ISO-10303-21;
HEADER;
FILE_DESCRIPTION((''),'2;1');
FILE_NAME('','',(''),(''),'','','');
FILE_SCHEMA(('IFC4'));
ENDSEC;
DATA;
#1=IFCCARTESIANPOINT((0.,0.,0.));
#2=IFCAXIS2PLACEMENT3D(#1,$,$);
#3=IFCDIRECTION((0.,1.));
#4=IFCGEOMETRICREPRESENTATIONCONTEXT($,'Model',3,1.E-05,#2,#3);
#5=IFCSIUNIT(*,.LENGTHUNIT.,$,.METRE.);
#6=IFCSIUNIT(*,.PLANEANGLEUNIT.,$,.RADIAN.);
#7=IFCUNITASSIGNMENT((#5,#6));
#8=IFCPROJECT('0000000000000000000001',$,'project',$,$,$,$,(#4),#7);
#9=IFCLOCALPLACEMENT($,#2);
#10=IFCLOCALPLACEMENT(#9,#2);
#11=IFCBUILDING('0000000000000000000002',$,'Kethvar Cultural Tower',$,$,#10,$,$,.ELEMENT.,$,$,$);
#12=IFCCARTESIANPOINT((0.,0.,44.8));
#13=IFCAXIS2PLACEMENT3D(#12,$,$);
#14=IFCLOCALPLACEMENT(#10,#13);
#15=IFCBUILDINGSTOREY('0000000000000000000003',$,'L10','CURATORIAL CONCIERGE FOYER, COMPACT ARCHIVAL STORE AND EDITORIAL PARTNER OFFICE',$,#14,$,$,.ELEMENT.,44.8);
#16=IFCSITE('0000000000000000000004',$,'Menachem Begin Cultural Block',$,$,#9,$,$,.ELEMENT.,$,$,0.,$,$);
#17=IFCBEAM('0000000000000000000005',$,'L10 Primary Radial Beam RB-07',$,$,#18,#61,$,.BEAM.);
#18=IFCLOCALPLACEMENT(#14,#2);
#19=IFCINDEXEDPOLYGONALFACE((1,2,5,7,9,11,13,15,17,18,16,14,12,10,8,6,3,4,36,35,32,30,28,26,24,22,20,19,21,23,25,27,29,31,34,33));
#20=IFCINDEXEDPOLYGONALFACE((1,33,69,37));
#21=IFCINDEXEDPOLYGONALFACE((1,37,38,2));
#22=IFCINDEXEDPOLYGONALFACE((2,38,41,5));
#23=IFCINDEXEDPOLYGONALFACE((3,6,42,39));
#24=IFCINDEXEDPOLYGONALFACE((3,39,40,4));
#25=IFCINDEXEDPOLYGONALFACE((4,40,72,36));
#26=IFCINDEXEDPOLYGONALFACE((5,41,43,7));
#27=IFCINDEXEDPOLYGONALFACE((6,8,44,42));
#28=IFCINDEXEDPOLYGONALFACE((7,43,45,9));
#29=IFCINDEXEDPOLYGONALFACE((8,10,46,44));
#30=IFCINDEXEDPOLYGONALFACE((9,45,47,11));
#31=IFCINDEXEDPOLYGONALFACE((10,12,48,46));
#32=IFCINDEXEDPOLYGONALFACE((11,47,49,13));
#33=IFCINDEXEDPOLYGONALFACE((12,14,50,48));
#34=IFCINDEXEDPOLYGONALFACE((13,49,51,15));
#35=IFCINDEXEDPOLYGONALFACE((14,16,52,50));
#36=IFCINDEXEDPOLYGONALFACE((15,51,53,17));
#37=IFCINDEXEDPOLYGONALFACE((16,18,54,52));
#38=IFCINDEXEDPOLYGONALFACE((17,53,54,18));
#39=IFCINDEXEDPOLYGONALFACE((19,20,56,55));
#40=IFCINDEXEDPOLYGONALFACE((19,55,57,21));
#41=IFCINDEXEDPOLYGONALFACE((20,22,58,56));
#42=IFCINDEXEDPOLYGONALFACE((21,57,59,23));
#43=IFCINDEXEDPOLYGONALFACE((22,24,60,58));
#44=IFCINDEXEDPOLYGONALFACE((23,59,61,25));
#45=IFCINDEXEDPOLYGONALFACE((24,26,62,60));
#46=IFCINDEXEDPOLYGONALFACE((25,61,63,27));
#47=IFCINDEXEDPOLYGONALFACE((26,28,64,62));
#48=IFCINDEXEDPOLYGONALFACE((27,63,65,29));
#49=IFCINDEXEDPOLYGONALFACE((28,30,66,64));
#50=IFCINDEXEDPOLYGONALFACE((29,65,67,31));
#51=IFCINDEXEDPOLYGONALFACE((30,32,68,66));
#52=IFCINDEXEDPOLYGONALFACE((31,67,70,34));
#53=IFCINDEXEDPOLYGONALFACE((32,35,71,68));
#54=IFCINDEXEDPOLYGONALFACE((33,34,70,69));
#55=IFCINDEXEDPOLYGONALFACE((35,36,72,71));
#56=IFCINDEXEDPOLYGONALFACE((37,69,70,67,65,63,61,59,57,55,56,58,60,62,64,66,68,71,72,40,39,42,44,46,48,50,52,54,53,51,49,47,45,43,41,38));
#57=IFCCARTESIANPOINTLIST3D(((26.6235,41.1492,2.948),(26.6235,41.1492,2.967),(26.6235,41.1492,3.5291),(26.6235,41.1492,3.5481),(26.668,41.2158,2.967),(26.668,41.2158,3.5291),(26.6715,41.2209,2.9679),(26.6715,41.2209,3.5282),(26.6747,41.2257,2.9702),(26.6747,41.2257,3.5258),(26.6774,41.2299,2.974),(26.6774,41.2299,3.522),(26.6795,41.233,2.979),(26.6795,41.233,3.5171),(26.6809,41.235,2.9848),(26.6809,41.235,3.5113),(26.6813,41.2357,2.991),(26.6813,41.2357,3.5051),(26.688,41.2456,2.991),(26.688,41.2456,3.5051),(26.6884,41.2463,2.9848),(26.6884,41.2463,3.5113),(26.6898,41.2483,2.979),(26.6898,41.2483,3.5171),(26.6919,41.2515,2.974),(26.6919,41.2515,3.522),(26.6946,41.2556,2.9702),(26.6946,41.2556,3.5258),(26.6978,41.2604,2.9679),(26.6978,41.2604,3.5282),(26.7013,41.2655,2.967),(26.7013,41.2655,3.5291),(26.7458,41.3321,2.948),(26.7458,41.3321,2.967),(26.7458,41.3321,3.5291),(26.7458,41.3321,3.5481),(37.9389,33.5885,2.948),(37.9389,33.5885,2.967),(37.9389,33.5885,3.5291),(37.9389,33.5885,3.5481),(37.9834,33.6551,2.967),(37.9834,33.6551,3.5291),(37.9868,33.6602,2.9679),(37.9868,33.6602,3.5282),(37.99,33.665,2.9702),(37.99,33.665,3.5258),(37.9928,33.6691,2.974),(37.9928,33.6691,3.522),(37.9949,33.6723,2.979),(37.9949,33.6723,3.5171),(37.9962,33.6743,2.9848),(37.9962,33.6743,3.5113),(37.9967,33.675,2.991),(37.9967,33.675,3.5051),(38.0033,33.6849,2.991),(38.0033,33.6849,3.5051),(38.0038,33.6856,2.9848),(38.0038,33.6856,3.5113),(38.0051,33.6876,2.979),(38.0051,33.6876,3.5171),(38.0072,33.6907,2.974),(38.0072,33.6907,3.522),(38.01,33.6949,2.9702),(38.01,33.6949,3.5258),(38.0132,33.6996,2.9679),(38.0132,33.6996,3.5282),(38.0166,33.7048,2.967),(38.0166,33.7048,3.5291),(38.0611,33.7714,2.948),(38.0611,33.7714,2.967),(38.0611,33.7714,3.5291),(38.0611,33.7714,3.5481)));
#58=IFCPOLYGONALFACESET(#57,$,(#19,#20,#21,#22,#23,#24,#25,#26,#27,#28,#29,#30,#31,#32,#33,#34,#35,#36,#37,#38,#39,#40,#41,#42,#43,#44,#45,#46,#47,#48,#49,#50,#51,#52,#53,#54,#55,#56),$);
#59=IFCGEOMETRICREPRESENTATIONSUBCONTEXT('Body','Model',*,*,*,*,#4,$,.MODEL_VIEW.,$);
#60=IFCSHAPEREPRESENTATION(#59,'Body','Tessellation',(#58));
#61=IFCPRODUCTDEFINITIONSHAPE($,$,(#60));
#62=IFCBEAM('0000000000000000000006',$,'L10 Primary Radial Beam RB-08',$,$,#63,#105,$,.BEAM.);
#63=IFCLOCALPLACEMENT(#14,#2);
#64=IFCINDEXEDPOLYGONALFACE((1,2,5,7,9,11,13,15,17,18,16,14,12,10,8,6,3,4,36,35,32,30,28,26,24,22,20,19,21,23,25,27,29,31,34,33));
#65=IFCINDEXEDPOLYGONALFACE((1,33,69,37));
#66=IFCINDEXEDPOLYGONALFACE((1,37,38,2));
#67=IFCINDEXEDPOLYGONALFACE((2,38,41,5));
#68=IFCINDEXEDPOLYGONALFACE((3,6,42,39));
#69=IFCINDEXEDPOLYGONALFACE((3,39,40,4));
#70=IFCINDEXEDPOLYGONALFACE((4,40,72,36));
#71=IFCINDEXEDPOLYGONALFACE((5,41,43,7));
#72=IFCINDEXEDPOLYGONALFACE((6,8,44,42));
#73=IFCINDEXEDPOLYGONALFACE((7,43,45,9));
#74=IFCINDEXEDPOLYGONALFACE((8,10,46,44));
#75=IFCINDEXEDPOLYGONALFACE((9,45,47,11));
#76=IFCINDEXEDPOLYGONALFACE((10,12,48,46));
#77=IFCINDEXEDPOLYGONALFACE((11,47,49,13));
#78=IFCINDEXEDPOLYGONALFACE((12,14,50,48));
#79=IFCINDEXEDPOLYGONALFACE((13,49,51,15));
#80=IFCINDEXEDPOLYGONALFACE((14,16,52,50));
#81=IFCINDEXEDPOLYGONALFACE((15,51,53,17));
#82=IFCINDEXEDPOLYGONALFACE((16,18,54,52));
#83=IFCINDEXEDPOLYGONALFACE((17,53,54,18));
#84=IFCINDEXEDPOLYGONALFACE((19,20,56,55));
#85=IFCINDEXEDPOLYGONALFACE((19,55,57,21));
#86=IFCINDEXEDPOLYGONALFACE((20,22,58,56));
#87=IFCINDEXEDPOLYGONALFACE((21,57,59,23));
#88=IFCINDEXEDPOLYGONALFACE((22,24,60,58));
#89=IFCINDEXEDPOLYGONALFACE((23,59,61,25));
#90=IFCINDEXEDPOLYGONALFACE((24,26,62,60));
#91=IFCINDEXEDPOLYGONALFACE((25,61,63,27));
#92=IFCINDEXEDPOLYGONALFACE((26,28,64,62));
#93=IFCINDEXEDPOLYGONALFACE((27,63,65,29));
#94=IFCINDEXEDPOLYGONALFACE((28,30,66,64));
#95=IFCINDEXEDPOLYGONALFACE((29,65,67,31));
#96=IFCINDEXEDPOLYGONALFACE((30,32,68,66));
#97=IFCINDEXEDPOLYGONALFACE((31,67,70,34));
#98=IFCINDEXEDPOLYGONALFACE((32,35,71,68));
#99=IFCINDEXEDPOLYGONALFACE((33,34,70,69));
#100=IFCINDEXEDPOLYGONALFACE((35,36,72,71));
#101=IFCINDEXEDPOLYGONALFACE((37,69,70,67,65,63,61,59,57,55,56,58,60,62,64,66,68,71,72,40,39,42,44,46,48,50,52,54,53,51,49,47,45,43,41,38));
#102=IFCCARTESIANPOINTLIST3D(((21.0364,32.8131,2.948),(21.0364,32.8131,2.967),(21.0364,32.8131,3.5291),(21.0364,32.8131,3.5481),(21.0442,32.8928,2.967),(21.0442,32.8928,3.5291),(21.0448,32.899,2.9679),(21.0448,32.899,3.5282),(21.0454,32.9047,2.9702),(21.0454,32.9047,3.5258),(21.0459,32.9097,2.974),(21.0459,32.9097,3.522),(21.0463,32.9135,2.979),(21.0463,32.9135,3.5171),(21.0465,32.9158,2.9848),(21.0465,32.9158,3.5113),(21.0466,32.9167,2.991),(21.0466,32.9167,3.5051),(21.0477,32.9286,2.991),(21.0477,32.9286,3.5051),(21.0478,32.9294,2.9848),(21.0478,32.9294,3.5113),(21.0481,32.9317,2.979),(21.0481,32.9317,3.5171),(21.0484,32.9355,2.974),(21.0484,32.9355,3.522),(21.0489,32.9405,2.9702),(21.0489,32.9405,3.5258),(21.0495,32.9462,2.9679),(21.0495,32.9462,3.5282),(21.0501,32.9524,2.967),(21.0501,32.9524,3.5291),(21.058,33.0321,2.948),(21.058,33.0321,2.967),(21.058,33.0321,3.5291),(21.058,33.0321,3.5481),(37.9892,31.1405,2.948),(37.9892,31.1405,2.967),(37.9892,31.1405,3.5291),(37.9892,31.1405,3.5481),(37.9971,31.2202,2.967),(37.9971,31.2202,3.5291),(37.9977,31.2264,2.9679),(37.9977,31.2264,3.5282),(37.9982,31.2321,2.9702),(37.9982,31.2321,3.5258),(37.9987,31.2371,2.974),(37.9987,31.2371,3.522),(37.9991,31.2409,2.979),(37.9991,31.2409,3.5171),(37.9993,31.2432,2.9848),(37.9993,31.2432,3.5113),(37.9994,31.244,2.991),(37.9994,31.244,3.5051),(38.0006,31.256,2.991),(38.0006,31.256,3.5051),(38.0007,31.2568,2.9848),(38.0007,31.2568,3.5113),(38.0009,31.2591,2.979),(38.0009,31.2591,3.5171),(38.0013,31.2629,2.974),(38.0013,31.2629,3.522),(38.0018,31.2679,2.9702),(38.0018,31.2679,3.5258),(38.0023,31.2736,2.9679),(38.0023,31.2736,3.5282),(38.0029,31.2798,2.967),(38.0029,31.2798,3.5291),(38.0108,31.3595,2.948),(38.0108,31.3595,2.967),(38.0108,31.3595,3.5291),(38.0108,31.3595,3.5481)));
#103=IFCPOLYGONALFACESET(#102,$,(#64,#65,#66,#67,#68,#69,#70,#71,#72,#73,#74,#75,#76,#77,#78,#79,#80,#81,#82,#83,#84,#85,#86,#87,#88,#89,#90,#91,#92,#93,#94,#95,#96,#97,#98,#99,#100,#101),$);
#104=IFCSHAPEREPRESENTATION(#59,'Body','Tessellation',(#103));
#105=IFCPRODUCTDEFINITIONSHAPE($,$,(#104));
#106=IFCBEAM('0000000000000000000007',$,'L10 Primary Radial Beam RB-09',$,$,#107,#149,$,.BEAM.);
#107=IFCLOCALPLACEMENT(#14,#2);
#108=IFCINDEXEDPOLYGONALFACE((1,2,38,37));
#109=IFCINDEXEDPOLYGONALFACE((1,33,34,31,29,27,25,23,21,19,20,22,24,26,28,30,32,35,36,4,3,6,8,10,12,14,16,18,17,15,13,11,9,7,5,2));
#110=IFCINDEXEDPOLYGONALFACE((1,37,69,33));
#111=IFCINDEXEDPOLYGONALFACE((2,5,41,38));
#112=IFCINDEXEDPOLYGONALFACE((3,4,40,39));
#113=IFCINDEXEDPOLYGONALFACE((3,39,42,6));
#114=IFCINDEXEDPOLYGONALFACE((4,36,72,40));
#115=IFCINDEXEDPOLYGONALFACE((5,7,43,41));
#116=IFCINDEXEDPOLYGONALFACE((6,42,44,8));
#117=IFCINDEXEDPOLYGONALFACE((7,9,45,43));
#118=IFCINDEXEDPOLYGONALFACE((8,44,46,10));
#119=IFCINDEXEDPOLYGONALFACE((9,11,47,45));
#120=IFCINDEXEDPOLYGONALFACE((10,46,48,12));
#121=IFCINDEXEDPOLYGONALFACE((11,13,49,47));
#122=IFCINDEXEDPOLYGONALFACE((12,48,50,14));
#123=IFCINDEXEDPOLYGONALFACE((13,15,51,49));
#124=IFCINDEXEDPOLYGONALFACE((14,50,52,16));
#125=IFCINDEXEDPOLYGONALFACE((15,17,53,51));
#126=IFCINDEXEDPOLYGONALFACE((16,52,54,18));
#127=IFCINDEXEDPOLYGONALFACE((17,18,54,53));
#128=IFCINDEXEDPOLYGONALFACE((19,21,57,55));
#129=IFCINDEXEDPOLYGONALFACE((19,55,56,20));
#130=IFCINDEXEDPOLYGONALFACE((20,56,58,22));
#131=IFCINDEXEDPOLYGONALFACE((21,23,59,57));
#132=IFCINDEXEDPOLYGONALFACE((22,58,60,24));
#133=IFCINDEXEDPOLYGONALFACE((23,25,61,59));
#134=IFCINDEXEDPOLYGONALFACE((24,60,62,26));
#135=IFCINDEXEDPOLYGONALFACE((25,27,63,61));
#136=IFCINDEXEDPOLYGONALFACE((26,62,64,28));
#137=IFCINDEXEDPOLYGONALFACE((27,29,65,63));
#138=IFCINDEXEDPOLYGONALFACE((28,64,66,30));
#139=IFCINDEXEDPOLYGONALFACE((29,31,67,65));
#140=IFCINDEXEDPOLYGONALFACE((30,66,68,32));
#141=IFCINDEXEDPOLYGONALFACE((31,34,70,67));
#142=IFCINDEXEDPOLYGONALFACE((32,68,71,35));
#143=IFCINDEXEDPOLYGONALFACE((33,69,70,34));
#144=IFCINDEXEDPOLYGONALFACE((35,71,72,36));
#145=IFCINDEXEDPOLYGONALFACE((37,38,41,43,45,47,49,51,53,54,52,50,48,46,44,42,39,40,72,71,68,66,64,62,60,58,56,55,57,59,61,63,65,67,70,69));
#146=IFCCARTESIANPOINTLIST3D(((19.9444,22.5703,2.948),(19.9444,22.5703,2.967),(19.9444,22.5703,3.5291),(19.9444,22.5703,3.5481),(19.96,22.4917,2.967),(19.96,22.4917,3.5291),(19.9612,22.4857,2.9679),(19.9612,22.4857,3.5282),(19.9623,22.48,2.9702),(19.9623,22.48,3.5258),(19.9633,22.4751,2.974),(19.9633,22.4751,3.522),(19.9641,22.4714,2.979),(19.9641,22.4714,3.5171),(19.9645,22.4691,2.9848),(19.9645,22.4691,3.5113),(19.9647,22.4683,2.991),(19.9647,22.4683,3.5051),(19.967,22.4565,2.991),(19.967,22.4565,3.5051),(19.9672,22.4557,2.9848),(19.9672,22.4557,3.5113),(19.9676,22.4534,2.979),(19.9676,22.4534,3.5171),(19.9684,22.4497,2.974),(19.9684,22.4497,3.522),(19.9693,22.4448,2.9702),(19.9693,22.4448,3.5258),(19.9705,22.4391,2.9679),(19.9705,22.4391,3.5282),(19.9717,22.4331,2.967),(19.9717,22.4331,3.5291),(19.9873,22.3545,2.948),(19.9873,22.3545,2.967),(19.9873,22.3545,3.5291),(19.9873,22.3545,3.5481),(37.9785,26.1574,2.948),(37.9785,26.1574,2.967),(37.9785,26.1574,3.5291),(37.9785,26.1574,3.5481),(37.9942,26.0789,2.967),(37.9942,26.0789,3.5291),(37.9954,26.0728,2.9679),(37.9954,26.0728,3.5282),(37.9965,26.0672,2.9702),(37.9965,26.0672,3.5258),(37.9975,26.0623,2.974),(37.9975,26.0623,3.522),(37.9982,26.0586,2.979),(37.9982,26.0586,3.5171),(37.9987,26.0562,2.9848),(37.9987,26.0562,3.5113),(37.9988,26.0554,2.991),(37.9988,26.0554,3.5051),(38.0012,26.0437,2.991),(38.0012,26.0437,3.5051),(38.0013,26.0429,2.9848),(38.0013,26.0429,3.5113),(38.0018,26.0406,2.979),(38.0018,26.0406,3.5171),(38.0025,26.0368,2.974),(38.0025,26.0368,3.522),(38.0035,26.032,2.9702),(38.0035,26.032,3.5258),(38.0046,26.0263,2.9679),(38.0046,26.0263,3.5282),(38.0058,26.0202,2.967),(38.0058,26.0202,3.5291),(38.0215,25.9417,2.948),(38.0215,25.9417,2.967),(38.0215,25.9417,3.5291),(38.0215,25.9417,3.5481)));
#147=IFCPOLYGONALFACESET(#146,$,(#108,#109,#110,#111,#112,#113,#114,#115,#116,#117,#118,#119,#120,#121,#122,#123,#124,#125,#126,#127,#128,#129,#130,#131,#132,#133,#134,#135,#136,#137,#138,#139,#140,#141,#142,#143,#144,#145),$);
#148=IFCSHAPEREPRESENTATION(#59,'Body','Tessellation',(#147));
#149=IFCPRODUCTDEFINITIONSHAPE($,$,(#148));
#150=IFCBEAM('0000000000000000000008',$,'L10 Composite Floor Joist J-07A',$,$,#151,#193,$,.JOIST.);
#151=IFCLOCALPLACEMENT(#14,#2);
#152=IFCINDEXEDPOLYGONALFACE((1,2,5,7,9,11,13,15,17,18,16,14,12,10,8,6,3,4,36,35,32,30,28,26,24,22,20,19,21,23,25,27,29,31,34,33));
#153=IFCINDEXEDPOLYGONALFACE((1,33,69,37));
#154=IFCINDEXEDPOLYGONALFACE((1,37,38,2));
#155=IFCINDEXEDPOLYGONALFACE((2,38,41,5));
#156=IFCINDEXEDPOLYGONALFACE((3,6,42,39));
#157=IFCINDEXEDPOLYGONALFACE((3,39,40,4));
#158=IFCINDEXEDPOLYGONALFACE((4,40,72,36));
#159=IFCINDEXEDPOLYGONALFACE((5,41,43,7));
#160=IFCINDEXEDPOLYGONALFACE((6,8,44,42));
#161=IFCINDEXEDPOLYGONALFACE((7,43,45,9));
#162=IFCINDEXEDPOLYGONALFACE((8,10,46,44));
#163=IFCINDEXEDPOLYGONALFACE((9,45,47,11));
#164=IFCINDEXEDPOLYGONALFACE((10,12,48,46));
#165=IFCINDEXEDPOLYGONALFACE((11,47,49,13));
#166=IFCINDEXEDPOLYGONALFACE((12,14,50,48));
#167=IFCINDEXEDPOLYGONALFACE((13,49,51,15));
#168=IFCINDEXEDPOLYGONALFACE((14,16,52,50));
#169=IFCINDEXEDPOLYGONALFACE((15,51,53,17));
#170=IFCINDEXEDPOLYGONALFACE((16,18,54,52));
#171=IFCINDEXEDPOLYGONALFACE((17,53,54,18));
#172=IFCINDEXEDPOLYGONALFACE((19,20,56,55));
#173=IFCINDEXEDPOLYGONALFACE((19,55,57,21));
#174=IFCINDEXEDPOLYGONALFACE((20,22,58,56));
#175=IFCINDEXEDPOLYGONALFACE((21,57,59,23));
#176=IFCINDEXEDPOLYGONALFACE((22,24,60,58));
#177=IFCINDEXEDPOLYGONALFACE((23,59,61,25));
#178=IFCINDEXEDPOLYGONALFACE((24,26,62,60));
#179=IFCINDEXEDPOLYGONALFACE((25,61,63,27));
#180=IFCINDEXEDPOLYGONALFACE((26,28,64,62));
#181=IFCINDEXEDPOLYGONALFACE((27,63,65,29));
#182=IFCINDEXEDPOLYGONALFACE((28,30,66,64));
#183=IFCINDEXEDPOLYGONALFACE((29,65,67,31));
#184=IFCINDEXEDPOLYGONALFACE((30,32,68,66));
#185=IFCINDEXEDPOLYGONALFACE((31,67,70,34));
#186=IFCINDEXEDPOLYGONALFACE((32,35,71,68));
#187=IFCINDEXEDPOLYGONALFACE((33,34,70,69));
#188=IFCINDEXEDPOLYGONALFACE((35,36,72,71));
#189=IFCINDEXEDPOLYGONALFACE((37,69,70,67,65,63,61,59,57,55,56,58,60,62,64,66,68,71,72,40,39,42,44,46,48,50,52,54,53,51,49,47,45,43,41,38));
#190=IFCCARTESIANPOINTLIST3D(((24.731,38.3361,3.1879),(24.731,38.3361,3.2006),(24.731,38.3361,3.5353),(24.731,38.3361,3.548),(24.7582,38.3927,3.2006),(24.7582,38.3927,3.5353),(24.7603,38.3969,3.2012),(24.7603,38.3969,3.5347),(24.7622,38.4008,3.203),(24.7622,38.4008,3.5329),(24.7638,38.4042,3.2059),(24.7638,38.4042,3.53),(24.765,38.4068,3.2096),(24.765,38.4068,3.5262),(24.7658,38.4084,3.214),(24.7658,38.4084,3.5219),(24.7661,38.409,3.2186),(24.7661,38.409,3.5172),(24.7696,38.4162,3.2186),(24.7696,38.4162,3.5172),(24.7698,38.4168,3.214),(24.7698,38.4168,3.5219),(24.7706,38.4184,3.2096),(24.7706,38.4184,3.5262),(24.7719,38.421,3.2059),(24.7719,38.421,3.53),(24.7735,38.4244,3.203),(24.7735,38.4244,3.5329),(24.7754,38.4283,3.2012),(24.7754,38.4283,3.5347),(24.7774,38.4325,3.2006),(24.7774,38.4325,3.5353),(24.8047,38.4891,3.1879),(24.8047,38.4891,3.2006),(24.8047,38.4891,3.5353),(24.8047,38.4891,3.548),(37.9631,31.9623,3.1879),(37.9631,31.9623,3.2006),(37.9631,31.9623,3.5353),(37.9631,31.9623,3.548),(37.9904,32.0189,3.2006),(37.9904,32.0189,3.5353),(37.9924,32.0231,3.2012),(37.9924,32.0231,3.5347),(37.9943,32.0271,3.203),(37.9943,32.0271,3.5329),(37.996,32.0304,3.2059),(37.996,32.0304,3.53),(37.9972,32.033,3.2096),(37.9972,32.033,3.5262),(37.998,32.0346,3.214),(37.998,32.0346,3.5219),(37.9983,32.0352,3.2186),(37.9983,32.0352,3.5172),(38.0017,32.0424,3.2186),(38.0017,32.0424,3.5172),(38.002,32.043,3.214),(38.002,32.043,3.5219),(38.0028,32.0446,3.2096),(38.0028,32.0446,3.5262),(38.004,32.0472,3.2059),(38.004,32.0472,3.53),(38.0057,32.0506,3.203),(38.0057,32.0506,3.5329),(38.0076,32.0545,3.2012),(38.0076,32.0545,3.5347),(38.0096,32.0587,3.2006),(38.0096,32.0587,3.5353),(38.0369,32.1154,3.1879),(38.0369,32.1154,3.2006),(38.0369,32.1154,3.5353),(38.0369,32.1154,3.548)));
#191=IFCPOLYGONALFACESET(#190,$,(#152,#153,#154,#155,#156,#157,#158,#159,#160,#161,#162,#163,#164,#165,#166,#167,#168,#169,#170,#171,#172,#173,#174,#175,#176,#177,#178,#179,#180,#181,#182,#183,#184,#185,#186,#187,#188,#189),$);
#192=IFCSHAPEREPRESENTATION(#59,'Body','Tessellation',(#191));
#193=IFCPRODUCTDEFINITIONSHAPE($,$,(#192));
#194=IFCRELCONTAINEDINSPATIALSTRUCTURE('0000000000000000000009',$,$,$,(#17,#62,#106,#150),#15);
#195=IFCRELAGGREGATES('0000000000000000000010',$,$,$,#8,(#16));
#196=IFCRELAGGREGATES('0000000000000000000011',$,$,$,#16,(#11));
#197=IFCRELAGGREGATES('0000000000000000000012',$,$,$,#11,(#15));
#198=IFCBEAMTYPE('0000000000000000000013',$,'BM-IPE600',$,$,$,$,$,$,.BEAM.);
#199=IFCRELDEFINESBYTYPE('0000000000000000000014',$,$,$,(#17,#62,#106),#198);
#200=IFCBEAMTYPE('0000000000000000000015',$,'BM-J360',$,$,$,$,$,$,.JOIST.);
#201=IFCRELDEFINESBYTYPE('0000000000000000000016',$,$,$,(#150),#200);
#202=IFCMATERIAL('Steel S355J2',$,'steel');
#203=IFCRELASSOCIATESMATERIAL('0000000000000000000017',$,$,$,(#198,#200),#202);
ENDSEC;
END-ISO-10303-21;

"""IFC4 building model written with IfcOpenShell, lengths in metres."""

from ifc_helpers import new_model, si_unit, direction, frame, origin, origin_2d, place, context, subcontext, project, spatial, i_section, extrude, source, transform, mapped, material, material_profile, profile_set, type_object, element, save


model = new_model("IFC4")

# Units and contexts
model_context = context("Model", 3, precision=1e-05, world=origin(), true_north=direction((0.0, 1.0)))
body_context = subcontext(model_context, "Body", "Model", "MODEL_VIEW")
ifc_project = project(units=[si_unit("LENGTHUNIT", "METRE"), si_unit("PLANEANGLEUNIT", "RADIAN")], contexts=[model_context])

# Site, building, storey
site_placement = place(None, origin())
site = spatial("IfcSite", under=ifc_project, at=site_placement, Name="Menachem Begin Cultural Block", CompositionType="ELEMENT", RefElevation=0.0)
building_placement = place(site_placement, origin())
building = spatial("IfcBuilding", under=site, at=building_placement, Name="Kethvar Cultural Tower", CompositionType="ELEMENT")
storey_placement = place(building_placement, frame((0.0, 0.0, 44.8)))
storey = spatial("IfcBuildingStorey", under=building, at=storey_placement, Name="L10", Description="CURATORIAL CONCIERGE FOYER, COMPACT ARCHIVAL STORE AND EDITORIAL PARTNER OFFICE", CompositionType="ELEMENT", Elevation=44.8)

# Beams
ifc_material_1 = material(Name="Steel S355J2", Category="steel")
ifc_material_profile_1 = material_profile(ifc_material_1, i_section(OverallWidth=0.22, OverallDepth=0.6001, WebThickness=0.012, FlangeThickness=0.019, FilletRadius=0.0239, at=origin_2d()), Name="Steel S355J2 — IPE600")
ifc_profile_set_1 = profile_set([ifc_material_profile_1], Name="Steel S355J2 — IPE600")
beam_type_1 = type_object("IfcBeamType", Name="BM-IPE600", PredefinedType="BEAM", material=ifc_profile_set_1)
shared_shape_1 = source(origin(), body_context, "Body", "SweptSolid", [
    extrude(i_section(OverallWidth=0.22, OverallDepth=0.6001, WebThickness=0.012, FlangeThickness=0.019, FilletRadius=0.0239, at=origin_2d()), origin(), (0.0, 0.0, 1.0), 13.6089),
])
beam_1_placement = place(storey_placement, frame((38.0, 33.6799, 3.248), z_axis=(-0.831467, 0.555573, 0.0), x_axis=(-0.555573, -0.831467, 0.0)))
element("IfcBeam", 1, at=beam_1_placement, inside=storey, type_object=beam_type_1, Name="L10 Primary Radial Beam RB-07", PredefinedType="BEAM", context=body_context, shape_type="MappedRepresentation", body=[
    mapped(shared_shape_1, transform((0.0, 0.0, 0.0), scale=1.0)),
])
shared_shape_2 = source(origin(), body_context, "Body", "SweptSolid", [
    extrude(i_section(OverallWidth=0.22, OverallDepth=0.6001, WebThickness=0.012, FlangeThickness=0.019, FilletRadius=0.0239, at=origin_2d()), origin(), (0.0, 0.0, 1.0), 17.0352),
])
beam_2_placement = place(storey_placement, frame((38.0, 31.25, 3.248), z_axis=(-0.995168, 0.098185, 0.0), x_axis=(-0.098185, -0.995168, 0.0)))
element("IfcBeam", 2, at=beam_2_placement, inside=storey, type_object=beam_type_1, Name="L10 Primary Radial Beam RB-08", PredefinedType="BEAM", context=body_context, shape_type="MappedRepresentation", body=[
    mapped(shared_shape_2, transform((0.0, 0.0, 0.0), scale=1.0)),
])
shared_shape_3 = source(origin(), body_context, "Body", "SweptSolid", [
    extrude(i_section(OverallWidth=0.22, OverallDepth=0.6001, WebThickness=0.012, FlangeThickness=0.019, FilletRadius=0.0239, at=origin_2d()), origin(), (0.0, 0.0, 1.0), 18.3875),
])
beam_3_placement = place(storey_placement, frame((38.0, 26.0496, 3.248), z_axis=(-0.980786, -0.195087, 0.0), x_axis=(0.195087, -0.980786, 0.0)))
element("IfcBeam", 3, at=beam_3_placement, inside=storey, type_object=beam_type_1, Name="L10 Primary Radial Beam RB-09", PredefinedType="BEAM", context=body_context, shape_type="MappedRepresentation", body=[
    mapped(shared_shape_3, transform((0.0, 0.0, 0.0), scale=1.0)),
])
ifc_material_profile_2 = material_profile(ifc_material_1, i_section(OverallWidth=0.1699, OverallDepth=0.3601, WebThickness=0.0081, FlangeThickness=0.0127, FilletRadius=0.0181, at=origin_2d()), Name="Steel S355J2 — IPE360")
ifc_profile_set_2 = profile_set([ifc_material_profile_2], Name="Steel S355J2 — IPE360")
beam_type_2 = type_object("IfcBeamType", Name="BM-J360", PredefinedType="JOIST", material=ifc_profile_set_2)
shared_shape_4 = source(origin(), body_context, "Body", "SweptSolid", [
    extrude(i_section(OverallWidth=0.1699, OverallDepth=0.3601, WebThickness=0.0081, FlangeThickness=0.0127, FilletRadius=0.0181, at=origin_2d()), origin(), (0.0, 0.0, 1.0), 14.6873),
])
beam_4_placement = place(storey_placement, frame((38.0, 32.0388, 3.3679), z_axis=(-0.900929, 0.433967, 0.0), x_axis=(-0.433967, -0.900929, 0.0)))
element("IfcBeam", 4, at=beam_4_placement, inside=storey, type_object=beam_type_2, Name="L10 Composite Floor Joist J-07A", PredefinedType="JOIST", context=body_context, shape_type="MappedRepresentation", body=[
    mapped(shared_shape_4, transform((0.0, 0.0, 0.0), scale=1.0)),
])

save(model, "model.ifc")
